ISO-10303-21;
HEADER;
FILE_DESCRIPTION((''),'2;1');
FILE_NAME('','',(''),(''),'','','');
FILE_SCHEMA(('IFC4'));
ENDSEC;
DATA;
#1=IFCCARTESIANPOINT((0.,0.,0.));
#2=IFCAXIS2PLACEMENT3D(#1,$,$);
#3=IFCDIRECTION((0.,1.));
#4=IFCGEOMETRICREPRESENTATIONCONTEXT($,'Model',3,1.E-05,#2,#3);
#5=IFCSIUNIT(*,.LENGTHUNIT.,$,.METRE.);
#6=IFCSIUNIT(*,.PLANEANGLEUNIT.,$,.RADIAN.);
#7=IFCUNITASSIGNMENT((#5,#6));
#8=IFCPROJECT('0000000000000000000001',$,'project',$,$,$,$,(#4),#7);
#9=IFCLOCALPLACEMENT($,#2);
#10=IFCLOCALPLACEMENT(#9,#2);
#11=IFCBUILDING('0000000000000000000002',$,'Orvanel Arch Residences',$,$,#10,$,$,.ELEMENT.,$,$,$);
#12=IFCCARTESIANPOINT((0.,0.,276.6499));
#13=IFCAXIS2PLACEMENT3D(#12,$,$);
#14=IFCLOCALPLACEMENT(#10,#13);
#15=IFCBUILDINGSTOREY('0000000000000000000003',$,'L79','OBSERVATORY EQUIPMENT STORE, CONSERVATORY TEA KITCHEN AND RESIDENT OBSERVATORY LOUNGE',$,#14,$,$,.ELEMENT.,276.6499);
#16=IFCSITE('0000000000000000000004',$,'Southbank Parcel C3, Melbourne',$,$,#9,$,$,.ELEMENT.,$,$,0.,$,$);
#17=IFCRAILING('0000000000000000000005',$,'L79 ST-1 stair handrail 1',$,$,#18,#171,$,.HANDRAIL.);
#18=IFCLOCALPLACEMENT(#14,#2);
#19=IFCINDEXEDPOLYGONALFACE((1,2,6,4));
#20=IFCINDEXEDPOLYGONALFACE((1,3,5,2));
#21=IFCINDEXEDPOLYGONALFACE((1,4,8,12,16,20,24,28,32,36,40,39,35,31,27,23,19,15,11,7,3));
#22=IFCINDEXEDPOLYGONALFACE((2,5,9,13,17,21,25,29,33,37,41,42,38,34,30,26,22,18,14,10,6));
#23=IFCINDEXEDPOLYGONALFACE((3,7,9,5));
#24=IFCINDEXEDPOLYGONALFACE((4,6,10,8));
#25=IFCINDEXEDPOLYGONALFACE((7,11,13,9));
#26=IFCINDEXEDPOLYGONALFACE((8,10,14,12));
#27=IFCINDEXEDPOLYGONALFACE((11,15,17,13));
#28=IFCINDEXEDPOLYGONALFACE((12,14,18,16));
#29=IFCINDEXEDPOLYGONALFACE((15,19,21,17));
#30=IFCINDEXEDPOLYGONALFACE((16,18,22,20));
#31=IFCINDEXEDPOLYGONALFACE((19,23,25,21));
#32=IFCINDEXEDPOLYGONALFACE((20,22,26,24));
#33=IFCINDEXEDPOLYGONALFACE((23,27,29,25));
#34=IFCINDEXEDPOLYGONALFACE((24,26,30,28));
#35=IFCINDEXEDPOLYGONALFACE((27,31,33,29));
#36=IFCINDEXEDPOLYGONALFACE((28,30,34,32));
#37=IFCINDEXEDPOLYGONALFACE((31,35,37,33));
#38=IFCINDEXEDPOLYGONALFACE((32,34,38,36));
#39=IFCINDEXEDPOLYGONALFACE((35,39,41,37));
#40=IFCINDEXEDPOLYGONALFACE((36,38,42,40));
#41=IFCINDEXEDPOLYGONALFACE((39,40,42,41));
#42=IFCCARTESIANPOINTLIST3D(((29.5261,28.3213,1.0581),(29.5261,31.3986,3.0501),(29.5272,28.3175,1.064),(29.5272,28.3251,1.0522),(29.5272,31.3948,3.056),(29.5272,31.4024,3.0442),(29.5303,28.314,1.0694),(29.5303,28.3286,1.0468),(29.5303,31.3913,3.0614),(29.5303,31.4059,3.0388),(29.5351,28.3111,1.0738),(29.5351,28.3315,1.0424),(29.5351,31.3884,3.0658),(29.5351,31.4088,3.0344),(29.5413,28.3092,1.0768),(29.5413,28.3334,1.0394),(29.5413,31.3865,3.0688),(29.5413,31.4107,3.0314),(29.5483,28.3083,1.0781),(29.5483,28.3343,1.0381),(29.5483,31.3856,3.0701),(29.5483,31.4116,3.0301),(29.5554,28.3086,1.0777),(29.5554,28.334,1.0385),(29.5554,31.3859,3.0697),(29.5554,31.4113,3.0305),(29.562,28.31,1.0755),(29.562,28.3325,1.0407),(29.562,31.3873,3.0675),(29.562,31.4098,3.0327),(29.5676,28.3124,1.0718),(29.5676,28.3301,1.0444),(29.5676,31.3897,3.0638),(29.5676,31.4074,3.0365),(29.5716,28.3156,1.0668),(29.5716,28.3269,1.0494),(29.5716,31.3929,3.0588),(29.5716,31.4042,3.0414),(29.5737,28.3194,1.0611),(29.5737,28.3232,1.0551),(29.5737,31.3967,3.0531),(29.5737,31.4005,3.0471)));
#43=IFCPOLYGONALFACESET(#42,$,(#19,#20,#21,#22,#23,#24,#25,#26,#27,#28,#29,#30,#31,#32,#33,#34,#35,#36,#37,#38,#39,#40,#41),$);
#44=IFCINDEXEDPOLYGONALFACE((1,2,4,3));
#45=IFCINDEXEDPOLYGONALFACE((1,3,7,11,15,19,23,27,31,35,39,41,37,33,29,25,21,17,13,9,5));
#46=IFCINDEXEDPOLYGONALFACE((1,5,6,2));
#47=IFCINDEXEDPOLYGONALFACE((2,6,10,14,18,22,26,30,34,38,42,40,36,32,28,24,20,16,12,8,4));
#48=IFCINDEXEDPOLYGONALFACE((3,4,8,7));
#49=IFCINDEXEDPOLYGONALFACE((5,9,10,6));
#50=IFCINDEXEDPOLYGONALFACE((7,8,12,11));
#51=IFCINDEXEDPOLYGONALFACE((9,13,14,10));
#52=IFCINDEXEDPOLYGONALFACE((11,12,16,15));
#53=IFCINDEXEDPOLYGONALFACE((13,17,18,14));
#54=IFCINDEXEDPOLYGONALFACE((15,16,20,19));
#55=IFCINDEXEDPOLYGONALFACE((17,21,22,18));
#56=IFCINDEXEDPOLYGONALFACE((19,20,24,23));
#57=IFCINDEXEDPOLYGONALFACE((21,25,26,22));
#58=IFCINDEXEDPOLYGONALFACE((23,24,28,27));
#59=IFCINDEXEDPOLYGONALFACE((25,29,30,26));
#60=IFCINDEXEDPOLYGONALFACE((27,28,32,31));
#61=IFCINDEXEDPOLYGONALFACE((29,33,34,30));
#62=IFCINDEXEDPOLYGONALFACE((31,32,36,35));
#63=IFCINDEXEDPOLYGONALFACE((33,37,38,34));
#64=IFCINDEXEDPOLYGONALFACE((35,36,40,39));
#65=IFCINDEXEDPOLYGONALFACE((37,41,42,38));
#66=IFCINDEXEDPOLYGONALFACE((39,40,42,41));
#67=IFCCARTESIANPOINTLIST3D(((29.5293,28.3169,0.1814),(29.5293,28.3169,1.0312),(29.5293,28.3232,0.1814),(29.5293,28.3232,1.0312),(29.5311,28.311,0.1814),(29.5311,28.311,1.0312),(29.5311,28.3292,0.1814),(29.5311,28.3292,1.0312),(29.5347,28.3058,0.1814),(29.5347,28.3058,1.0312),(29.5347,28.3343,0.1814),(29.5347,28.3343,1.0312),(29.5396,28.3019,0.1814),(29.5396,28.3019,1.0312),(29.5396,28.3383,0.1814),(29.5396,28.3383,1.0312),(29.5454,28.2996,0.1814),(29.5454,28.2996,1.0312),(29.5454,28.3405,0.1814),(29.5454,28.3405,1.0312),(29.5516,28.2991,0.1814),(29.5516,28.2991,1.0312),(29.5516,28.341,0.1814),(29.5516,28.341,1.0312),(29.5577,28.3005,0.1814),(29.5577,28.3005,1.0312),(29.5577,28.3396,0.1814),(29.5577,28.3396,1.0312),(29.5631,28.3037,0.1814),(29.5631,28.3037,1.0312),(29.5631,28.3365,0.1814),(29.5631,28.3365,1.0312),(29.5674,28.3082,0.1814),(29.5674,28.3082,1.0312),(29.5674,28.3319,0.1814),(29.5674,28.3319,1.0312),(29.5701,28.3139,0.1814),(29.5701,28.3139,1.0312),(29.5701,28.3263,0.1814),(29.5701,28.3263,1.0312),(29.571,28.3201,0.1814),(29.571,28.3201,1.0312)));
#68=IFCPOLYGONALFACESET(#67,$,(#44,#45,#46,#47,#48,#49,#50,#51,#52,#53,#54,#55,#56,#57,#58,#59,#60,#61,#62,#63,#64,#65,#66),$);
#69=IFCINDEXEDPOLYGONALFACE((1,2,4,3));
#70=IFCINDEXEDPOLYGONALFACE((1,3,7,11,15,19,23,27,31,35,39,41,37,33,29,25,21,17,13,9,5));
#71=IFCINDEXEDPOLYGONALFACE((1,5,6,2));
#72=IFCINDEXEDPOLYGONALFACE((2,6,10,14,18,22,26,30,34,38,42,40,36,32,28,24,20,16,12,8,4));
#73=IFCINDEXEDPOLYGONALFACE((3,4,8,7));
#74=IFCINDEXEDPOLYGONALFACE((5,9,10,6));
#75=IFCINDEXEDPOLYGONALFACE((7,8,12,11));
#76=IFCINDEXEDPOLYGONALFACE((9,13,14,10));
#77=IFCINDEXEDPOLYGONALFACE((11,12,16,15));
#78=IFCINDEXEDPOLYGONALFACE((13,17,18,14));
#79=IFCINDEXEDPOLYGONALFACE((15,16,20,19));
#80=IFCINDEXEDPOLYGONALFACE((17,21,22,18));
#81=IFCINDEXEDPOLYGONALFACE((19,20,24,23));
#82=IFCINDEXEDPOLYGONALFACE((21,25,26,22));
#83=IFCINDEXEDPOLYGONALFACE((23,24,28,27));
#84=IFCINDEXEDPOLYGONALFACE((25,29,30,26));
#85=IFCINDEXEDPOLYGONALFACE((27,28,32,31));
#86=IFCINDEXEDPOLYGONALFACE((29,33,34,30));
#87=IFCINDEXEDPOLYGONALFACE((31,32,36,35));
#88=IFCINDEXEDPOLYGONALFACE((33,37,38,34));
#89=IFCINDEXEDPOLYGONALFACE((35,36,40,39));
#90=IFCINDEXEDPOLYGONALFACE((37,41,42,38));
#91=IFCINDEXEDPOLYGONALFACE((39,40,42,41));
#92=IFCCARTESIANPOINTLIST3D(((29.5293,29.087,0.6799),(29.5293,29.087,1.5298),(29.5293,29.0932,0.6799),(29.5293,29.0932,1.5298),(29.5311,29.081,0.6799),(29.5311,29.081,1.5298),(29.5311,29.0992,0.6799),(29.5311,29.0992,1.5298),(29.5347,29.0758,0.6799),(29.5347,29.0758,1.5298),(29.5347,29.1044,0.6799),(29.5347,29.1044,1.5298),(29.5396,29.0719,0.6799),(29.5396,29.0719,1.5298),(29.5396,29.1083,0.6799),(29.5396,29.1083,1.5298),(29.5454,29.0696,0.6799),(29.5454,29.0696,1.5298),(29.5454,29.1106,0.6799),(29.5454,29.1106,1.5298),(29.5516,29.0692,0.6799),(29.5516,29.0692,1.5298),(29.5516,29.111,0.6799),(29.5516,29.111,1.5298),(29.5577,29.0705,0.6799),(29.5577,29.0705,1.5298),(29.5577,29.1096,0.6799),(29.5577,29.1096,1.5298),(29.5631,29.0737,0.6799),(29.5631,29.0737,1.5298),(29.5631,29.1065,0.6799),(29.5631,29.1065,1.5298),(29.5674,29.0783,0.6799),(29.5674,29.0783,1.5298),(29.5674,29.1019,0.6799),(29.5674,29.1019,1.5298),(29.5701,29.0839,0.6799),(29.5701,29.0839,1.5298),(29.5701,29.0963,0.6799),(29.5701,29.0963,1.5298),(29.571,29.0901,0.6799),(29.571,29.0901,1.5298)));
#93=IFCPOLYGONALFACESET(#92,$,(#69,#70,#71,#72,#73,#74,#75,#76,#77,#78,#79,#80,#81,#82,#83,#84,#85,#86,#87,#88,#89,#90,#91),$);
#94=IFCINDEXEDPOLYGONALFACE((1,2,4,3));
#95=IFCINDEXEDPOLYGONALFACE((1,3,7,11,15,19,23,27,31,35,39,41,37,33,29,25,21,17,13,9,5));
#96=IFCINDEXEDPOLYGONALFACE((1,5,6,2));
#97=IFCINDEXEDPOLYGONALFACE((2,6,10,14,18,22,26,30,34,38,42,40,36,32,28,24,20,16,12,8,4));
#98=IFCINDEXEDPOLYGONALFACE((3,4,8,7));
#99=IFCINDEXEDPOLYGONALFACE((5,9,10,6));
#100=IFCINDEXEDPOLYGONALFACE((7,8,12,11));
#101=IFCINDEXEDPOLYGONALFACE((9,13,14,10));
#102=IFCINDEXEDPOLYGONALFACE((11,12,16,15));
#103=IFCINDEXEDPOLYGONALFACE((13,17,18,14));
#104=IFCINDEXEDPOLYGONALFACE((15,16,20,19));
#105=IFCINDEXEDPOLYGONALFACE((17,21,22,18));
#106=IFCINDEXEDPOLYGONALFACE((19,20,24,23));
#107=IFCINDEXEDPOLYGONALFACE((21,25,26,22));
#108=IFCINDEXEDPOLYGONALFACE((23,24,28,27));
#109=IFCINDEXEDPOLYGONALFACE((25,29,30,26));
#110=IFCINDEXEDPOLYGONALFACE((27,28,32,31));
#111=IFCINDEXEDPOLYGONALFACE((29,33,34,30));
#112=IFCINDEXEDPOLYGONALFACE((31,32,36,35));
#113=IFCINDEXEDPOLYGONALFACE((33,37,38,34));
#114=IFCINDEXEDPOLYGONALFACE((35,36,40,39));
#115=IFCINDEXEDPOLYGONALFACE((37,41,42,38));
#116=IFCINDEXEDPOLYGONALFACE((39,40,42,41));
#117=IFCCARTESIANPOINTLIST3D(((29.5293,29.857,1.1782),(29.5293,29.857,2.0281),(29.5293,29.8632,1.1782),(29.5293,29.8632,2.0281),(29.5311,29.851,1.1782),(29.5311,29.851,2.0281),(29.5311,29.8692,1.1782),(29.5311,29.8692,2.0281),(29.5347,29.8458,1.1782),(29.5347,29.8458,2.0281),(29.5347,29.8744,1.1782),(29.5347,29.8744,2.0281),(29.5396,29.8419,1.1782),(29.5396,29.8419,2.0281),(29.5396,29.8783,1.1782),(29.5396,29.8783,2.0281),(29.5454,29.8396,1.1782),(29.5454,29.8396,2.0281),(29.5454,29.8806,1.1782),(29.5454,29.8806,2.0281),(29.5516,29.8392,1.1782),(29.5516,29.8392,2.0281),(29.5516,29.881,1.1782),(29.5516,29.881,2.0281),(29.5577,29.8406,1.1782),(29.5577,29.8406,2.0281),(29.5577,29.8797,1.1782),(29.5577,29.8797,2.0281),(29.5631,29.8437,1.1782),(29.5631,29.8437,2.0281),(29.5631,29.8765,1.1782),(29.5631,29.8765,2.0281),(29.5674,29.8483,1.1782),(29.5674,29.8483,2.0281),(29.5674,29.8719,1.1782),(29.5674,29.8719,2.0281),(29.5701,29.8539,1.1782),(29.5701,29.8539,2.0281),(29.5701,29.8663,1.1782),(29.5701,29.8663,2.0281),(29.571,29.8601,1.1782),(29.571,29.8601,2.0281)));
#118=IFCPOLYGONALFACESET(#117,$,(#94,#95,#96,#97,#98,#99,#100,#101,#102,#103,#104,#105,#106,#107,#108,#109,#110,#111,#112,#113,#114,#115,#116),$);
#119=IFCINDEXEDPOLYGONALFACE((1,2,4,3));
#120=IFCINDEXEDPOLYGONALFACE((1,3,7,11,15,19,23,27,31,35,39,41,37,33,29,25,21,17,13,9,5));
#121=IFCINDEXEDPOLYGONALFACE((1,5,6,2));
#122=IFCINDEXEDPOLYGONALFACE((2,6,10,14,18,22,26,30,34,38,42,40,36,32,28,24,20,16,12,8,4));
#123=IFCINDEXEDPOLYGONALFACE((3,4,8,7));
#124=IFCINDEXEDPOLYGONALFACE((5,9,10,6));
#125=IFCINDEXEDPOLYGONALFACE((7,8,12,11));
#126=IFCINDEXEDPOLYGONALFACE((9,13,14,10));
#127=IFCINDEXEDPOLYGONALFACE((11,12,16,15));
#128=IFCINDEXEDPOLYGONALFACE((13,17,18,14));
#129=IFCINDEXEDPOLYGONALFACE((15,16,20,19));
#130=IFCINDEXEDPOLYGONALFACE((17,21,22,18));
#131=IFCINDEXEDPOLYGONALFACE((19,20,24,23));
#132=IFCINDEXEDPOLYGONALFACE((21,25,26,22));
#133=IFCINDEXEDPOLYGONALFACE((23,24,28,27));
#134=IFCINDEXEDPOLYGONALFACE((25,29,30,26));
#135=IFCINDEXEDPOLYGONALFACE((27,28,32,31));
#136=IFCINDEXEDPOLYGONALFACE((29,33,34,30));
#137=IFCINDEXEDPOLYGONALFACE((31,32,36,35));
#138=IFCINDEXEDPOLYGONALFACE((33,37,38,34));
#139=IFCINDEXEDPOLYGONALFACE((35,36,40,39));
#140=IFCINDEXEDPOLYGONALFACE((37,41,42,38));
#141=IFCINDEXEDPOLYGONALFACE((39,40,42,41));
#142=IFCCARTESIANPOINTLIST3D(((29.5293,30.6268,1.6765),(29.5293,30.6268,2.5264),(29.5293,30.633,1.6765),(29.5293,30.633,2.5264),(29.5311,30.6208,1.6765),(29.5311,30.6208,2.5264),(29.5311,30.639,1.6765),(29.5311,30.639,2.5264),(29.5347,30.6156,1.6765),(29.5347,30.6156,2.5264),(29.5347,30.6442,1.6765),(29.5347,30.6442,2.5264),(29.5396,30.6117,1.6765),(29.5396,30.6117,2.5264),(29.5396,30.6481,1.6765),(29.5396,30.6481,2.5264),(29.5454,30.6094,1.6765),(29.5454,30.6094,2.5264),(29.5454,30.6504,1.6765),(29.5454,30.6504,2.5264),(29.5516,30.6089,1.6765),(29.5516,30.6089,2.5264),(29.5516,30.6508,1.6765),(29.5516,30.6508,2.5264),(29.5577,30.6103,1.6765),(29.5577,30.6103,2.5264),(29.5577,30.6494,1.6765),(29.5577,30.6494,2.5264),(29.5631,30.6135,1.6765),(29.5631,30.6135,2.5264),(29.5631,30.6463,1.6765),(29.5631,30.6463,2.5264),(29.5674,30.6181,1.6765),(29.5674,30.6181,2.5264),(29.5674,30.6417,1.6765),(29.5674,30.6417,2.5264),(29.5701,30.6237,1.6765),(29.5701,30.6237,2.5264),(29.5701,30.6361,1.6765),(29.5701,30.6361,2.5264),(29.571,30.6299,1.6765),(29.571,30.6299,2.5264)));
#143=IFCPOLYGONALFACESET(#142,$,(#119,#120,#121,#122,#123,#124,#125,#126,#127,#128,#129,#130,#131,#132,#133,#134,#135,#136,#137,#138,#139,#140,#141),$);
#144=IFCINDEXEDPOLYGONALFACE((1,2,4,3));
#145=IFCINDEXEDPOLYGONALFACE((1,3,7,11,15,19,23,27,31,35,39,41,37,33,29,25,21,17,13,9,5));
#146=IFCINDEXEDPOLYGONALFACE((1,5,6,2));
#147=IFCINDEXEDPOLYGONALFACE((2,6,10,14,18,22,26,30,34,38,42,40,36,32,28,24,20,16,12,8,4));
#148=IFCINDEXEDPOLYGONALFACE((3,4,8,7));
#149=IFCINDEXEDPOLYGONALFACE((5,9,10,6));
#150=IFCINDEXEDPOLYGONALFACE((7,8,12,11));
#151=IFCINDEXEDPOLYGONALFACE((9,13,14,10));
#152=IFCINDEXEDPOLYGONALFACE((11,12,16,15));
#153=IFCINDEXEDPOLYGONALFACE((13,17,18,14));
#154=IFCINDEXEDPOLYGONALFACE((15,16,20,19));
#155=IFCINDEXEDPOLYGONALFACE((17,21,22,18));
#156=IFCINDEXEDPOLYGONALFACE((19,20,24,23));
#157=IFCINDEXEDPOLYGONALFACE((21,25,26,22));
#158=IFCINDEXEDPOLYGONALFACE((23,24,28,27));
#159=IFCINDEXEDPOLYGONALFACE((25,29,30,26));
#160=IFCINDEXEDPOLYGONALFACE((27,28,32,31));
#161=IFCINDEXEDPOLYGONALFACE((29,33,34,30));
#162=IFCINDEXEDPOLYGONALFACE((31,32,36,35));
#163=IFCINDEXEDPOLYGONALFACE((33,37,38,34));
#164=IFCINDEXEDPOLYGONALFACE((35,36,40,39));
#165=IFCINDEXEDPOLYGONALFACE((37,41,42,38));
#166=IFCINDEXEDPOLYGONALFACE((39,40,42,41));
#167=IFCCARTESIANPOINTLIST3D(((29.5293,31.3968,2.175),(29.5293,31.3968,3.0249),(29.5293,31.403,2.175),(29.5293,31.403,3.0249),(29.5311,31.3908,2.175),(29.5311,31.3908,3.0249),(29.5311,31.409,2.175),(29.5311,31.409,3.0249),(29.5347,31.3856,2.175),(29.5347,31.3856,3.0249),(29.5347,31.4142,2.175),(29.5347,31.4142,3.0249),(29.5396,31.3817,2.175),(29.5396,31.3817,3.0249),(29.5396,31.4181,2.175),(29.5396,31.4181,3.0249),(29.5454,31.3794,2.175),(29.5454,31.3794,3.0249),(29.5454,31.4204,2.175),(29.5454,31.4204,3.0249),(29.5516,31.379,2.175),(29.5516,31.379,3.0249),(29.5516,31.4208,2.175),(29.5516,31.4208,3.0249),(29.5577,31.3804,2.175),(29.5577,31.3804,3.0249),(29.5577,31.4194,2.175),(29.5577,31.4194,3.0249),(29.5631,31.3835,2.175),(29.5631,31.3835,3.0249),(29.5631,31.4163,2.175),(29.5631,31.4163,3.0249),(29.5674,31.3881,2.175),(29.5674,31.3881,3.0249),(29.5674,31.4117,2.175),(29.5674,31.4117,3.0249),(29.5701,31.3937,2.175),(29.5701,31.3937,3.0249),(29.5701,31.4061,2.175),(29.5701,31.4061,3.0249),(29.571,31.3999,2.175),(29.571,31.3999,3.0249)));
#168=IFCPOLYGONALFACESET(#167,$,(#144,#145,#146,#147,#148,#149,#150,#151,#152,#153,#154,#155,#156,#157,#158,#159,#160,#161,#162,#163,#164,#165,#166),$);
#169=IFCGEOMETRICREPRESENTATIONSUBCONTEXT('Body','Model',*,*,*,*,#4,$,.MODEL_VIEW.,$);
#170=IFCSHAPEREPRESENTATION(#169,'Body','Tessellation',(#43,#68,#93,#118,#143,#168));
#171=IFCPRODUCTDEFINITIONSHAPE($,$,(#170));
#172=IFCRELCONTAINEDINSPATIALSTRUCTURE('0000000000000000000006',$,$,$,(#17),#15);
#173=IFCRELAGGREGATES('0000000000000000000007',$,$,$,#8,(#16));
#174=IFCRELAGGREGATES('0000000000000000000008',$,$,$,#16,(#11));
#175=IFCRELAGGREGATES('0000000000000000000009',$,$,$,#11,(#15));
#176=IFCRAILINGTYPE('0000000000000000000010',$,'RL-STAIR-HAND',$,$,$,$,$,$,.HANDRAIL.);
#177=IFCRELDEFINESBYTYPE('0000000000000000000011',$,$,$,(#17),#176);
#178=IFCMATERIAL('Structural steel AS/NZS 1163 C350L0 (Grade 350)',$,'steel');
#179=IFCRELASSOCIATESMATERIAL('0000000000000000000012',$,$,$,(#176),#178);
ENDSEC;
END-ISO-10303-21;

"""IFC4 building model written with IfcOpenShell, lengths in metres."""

from ifc_helpers import new_model, si_unit, direction, frame, origin, origin_2d, place, context, subcontext, project, spatial, circle, extrude, material, type_object, element, save


model = new_model("IFC4")

# Units and contexts
model_context = context("Model", 3, precision=1e-05, world=origin(), true_north=direction((0.0, 1.0)))
body_context = subcontext(model_context, "Body", "Model", "MODEL_VIEW")
ifc_project = project(units=[si_unit("LENGTHUNIT", "METRE"), si_unit("PLANEANGLEUNIT", "RADIAN")], contexts=[model_context])

# Site, building, storey
site_placement = place(None, origin())
site = spatial("IfcSite", under=ifc_project, at=site_placement, Name="Southbank Parcel C3, Melbourne", CompositionType="ELEMENT", RefElevation=0.0)
building_placement = place(site_placement, origin())
building = spatial("IfcBuilding", under=site, at=building_placement, Name="Orvanel Arch Residences", CompositionType="ELEMENT")
storey_placement = place(building_placement, frame((0.0, 0.0, 276.6499)))
storey = spatial("IfcBuildingStorey", under=building, at=storey_placement, Name="L79", Description="OBSERVATORY EQUIPMENT STORE, CONSERVATORY TEA KITCHEN AND RESIDENT OBSERVATORY LOUNGE", CompositionType="ELEMENT", Elevation=276.6499)

# Railing
ifc_material_1 = material(Name="Structural steel AS/NZS 1163 C350L0 (Grade 350)", Category="steel")
railing_type_1 = type_object("IfcRailingType", Name="RL-STAIR-HAND", PredefinedType="HANDRAIL", material=ifc_material_1)
railing_1_placement = place(storey_placement, frame((29.55, 28.3201, 0.1814)))
element("IfcRailing", 1, at=railing_1_placement, inside=storey, type_object=railing_type_1, Name="L79 ST-1 stair handrail 1", PredefinedType="HANDRAIL", context=body_context, shape_type="SweptSolid", body=[
    extrude(circle(Radius=0.0239, at=origin_2d()), frame((0.0, 0.0012, 0.8767), z_axis=(0.0, 0.839468, 0.543409), x_axis=(-1.0, 0.0, 0.0)), (0.0, 0.0, 1.0), 3.6658),
    extrude(circle(Radius=0.021, at=origin_2d()), origin(), (0.0, 0.0, 1.0), 0.8499),
    extrude(circle(Radius=0.021, at=origin_2d()), frame((0.0, 0.77, 0.4985)), (0.0, 0.0, 1.0), 0.8499),
    extrude(circle(Radius=0.021, at=origin_2d()), frame((0.0, 1.54, 0.9968)), (0.0, 0.0, 1.0), 0.8499),
    extrude(circle(Radius=0.021, at=origin_2d()), frame((0.0, 2.3098, 1.4951)), (0.0, 0.0, 1.0), 0.8499),
    extrude(circle(Radius=0.021, at=origin_2d()), frame((0.0, 3.0798, 1.9937)), (0.0, 0.0, 1.0), 0.8499),
])

save(model, "model.ifc")
